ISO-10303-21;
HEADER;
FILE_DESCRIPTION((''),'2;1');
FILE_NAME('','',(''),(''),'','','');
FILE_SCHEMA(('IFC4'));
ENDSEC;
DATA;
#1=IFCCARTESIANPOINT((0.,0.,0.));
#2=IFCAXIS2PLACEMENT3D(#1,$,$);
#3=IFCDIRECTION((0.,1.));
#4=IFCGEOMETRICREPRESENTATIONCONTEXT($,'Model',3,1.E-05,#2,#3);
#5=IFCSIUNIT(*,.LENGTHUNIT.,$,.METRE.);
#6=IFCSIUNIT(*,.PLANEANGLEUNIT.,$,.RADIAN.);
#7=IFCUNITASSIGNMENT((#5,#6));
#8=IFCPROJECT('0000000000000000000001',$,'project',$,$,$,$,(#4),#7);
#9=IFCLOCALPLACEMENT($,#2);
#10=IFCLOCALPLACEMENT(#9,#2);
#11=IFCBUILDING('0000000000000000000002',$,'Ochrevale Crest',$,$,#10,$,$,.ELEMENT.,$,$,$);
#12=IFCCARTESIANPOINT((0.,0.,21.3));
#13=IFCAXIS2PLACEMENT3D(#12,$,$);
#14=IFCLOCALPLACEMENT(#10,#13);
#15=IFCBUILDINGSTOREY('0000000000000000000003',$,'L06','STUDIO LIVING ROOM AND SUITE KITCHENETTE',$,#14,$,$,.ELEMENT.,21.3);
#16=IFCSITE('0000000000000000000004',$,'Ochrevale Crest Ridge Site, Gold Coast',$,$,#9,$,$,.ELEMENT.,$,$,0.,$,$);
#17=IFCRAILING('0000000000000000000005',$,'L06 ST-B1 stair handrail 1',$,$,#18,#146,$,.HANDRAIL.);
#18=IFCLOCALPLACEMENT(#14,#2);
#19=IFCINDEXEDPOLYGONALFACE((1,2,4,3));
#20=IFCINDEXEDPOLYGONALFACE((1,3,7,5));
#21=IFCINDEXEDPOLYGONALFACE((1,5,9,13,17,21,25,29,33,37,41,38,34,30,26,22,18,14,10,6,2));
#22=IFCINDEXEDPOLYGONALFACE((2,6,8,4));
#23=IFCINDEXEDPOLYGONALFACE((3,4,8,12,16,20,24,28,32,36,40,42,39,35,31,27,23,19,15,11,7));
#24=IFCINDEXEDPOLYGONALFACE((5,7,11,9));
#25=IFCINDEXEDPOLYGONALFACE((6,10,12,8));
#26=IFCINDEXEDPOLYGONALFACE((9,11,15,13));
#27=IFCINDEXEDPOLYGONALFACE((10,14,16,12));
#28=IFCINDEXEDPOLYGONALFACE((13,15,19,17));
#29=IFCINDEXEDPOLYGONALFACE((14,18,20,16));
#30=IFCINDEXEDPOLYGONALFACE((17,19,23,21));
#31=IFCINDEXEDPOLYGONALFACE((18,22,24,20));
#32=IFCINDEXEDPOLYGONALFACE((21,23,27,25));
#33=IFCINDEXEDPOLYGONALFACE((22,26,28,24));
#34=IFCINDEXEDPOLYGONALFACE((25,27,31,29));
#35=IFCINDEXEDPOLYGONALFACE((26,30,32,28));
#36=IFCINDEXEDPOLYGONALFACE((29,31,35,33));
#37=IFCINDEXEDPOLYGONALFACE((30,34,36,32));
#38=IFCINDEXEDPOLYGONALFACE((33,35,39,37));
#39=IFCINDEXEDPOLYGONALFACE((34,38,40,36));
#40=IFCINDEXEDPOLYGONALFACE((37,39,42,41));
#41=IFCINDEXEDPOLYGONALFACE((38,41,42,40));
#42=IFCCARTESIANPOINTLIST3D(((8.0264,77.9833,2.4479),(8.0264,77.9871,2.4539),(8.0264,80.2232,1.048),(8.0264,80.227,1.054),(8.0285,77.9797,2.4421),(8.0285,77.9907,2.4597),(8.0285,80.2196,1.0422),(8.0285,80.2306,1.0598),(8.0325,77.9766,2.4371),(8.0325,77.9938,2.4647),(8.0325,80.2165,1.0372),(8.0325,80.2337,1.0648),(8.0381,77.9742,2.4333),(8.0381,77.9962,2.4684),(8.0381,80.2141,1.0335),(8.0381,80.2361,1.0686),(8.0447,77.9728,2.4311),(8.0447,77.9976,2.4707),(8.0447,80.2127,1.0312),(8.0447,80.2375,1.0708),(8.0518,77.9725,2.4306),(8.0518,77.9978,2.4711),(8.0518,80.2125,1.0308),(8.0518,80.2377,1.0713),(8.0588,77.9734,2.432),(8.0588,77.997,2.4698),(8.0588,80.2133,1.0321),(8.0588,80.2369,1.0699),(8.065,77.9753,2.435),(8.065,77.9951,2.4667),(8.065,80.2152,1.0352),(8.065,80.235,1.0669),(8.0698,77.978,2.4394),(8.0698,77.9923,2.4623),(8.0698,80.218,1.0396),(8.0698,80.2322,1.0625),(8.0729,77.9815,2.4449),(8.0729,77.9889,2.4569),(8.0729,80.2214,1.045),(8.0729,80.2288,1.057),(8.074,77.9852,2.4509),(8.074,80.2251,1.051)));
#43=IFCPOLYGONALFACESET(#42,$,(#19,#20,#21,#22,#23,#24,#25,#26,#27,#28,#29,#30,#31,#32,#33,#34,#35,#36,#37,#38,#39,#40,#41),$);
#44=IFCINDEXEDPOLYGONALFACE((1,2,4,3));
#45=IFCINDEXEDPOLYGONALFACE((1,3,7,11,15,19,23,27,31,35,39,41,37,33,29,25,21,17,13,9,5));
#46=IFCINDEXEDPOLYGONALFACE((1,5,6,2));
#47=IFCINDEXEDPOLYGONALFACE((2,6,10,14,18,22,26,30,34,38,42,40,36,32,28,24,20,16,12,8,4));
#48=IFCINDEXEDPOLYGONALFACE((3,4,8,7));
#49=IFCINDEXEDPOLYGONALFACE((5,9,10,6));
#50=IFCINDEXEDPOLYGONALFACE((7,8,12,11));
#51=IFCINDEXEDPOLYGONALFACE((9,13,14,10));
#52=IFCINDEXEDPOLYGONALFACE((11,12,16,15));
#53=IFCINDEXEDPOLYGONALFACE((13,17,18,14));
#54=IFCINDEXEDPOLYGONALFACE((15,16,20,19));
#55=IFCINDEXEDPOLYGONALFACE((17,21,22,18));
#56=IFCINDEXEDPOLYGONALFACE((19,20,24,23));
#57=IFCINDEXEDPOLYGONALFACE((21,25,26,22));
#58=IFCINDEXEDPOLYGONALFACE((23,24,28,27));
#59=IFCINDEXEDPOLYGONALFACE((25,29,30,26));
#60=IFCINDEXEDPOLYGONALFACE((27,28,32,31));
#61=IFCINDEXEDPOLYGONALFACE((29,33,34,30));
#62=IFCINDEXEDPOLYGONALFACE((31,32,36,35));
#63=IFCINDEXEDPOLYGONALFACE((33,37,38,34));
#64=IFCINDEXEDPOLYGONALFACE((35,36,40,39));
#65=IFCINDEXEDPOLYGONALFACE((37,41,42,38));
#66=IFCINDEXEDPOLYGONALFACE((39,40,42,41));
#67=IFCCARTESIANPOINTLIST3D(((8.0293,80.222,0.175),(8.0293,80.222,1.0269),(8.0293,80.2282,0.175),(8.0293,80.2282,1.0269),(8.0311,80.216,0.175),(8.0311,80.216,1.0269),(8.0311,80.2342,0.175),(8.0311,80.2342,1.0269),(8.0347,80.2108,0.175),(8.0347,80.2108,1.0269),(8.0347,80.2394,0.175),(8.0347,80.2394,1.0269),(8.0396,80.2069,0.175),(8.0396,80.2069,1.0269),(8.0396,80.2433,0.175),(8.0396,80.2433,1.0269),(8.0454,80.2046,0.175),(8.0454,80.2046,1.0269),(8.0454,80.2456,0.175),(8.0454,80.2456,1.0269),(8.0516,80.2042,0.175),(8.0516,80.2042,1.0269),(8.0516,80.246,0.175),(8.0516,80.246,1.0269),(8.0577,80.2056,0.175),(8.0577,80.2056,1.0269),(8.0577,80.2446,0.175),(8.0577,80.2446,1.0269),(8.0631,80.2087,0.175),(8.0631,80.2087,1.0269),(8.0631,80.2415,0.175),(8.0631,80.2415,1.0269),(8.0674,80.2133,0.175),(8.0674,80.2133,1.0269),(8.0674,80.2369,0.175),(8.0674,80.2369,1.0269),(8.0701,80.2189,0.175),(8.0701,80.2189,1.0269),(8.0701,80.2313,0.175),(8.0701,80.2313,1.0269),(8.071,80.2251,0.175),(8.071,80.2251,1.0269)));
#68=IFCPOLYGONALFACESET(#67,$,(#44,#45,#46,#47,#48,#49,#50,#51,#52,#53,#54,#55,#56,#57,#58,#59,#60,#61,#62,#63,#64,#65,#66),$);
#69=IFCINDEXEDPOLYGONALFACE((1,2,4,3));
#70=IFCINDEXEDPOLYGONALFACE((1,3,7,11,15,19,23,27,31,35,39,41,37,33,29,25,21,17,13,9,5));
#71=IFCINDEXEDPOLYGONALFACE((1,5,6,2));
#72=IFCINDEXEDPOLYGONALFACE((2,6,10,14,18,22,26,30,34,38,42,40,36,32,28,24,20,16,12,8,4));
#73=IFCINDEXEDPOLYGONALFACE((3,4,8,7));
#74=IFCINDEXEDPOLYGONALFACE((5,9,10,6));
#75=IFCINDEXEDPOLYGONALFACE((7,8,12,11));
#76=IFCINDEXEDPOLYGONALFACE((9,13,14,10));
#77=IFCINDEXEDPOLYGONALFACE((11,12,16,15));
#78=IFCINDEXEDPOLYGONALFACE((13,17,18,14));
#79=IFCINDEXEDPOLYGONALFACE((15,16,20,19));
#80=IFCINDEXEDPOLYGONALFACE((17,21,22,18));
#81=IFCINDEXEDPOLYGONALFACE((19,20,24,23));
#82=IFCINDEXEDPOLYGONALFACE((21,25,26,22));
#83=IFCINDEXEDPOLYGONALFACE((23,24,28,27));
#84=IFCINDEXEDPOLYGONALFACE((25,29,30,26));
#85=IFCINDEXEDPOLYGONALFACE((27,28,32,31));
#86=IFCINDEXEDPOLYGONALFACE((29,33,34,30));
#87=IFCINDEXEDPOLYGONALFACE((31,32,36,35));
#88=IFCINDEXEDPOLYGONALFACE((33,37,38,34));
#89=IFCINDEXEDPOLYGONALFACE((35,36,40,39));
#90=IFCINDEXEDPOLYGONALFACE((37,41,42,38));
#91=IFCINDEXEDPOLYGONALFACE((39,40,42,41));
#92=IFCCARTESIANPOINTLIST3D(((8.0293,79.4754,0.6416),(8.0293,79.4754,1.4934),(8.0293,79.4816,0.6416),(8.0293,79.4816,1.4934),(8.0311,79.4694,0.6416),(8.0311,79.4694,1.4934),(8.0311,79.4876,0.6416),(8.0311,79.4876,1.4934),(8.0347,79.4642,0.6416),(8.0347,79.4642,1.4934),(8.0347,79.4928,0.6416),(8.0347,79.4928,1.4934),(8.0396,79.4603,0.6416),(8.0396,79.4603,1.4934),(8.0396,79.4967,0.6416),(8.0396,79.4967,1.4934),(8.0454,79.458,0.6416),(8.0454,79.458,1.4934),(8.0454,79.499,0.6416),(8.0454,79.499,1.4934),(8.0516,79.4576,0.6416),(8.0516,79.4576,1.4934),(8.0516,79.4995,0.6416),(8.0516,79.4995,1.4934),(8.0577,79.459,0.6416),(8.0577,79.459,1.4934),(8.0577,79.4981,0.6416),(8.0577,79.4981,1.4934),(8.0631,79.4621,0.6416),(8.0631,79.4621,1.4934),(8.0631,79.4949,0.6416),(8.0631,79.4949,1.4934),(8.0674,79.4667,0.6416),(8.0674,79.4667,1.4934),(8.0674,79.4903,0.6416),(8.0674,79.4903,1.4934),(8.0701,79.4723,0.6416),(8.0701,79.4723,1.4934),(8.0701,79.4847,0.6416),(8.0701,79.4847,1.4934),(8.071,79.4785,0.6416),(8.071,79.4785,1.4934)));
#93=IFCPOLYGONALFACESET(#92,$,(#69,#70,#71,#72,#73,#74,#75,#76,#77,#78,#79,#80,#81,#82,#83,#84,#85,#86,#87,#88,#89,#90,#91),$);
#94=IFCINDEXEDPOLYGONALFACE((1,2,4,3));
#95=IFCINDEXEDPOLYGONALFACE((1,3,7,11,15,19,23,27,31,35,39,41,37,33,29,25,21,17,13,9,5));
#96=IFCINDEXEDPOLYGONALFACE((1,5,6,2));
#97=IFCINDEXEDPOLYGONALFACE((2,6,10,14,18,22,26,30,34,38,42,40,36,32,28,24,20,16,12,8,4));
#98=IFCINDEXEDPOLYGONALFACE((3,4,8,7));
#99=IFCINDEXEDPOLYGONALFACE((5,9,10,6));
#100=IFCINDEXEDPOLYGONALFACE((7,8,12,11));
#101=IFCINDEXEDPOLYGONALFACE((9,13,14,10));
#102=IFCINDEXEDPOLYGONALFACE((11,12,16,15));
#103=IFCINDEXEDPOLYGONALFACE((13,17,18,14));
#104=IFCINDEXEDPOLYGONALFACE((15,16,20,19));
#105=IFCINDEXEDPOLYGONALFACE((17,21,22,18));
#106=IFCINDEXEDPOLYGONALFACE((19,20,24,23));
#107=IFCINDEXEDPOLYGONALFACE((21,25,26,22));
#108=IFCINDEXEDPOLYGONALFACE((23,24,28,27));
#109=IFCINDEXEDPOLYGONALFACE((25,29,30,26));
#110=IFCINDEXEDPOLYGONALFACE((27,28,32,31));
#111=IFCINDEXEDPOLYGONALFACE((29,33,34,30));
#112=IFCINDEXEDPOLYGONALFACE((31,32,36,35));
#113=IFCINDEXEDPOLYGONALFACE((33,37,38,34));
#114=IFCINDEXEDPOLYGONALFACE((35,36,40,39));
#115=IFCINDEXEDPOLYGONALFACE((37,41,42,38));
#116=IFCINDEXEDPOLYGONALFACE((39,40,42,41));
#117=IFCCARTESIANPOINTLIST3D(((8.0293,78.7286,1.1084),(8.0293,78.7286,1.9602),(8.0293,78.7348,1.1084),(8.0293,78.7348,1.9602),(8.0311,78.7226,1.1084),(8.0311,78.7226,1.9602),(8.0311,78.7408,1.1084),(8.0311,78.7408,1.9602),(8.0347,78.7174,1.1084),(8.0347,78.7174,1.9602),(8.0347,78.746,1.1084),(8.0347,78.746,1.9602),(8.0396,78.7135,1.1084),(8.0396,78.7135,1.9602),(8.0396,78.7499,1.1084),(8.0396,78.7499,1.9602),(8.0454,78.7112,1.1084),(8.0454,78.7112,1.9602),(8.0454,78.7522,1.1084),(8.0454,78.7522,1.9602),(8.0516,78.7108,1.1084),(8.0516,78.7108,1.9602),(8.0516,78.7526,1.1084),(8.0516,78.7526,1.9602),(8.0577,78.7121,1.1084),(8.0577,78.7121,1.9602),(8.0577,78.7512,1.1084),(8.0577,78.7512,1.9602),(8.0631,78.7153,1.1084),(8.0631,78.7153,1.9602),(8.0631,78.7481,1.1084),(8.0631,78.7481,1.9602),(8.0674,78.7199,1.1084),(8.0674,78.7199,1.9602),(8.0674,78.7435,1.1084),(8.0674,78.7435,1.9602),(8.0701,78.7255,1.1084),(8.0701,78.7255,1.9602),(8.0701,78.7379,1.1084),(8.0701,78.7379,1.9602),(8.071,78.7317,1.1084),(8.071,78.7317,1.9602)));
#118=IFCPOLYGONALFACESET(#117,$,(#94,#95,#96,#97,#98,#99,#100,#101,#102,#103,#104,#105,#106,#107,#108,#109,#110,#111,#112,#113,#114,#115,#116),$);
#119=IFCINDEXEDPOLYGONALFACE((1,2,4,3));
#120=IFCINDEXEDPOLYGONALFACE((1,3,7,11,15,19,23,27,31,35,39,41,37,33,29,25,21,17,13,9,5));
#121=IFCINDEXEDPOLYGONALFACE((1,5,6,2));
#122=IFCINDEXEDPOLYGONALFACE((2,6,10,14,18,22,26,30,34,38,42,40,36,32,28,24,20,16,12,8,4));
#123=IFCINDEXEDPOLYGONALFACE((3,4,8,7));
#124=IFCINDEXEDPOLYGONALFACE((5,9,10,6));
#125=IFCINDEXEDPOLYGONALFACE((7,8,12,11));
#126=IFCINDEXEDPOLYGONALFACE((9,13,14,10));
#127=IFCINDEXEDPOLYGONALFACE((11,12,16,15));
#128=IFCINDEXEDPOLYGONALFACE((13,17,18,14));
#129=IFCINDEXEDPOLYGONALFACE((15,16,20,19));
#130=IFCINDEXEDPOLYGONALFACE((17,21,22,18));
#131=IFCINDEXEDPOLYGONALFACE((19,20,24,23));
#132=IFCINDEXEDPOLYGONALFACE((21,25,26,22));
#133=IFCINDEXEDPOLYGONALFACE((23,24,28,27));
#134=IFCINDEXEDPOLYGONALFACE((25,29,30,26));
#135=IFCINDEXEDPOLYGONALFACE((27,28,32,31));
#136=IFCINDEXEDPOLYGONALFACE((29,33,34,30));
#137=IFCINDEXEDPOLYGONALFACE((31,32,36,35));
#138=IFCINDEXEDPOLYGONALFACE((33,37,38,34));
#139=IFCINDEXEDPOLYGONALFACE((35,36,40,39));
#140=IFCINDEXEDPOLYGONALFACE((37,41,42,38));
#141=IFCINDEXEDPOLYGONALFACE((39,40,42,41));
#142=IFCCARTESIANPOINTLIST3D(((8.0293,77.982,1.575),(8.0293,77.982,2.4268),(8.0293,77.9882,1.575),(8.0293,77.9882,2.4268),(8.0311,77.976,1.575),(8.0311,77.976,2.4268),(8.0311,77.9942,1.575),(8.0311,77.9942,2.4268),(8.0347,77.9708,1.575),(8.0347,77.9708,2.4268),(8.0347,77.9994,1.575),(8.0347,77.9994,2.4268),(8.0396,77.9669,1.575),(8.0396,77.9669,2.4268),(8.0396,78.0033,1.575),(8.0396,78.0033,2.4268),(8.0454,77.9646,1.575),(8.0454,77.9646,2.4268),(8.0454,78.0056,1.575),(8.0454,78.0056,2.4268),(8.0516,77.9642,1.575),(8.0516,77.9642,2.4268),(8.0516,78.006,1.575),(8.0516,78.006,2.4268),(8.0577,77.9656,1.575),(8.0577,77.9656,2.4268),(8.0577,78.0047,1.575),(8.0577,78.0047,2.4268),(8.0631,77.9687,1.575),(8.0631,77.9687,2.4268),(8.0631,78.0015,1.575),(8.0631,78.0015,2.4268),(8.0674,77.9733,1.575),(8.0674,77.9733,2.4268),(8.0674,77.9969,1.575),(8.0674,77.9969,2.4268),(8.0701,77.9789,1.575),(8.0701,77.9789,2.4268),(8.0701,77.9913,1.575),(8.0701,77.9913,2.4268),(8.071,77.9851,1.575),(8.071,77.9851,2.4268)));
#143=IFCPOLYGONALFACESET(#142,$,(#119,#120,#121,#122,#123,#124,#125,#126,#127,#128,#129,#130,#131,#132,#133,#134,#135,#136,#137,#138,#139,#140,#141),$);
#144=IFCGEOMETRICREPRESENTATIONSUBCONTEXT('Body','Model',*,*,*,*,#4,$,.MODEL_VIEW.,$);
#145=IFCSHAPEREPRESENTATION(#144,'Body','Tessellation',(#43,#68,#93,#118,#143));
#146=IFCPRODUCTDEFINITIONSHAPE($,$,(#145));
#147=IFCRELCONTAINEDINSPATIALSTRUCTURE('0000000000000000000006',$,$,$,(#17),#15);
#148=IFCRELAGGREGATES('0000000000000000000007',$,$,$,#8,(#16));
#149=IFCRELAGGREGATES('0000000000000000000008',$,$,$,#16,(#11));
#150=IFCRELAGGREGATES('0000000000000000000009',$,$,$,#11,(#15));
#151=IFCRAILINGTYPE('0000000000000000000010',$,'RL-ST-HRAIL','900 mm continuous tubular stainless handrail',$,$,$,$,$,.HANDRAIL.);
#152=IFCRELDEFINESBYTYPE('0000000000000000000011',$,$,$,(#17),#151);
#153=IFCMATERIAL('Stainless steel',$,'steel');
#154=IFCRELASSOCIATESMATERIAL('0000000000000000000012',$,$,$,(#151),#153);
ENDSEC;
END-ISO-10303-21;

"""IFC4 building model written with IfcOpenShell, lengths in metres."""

from ifc_helpers import new_model, si_unit, direction, frame, origin, origin_2d, place, context, subcontext, project, spatial, circle, extrude, material, type_object, element, save


model = new_model("IFC4")

# Units and contexts
model_context = context("Model", 3, precision=1e-05, world=origin(), true_north=direction((0.0, 1.0)))
body_context = subcontext(model_context, "Body", "Model", "MODEL_VIEW")
ifc_project = project(units=[si_unit("LENGTHUNIT", "METRE"), si_unit("PLANEANGLEUNIT", "RADIAN")], contexts=[model_context])

# Site, building, storey
site_placement = place(None, origin())
site = spatial("IfcSite", under=ifc_project, at=site_placement, Name="Ochrevale Crest Ridge Site, Gold Coast", CompositionType="ELEMENT", RefElevation=0.0)
building_placement = place(site_placement, origin())
building = spatial("IfcBuilding", under=site, at=building_placement, Name="Ochrevale Crest", CompositionType="ELEMENT")
storey_placement = place(building_placement, frame((0.0, 0.0, 21.3)))
storey = spatial("IfcBuildingStorey", under=building, at=storey_placement, Name="L06", Description="STUDIO LIVING ROOM AND SUITE KITCHENETTE", CompositionType="ELEMENT", Elevation=21.3)

# Railing
ifc_material_1 = material(Name="Stainless steel", Category="steel")
railing_type_1 = type_object("IfcRailingType", Name="RL-ST-HRAIL", Description="900 mm continuous tubular stainless handrail", PredefinedType="HANDRAIL", material=ifc_material_1)
railing_1_placement = place(storey_placement, frame((8.05, 80.2251, 0.175)))
element("IfcRailing", 1, at=railing_1_placement, inside=storey, type_object=railing_type_1, Name="L06 ST-B1 stair handrail 1", PredefinedType="HANDRAIL", context=body_context, shape_type="SweptSolid", body=[
    extrude(circle(Radius=0.0239, at=origin_2d()), frame((0.0, 0.0, 0.876), z_axis=(0.0, -0.848014, 0.529974), x_axis=(1.0, 0.0, 0.0)), (0.0, 0.0, 1.0), 2.6414),
    extrude(circle(Radius=0.021, at=origin_2d()), origin(), (0.0, 0.0, 1.0), 0.8518),
    extrude(circle(Radius=0.021, at=origin_2d()), frame((0.0, -0.7466, 0.4666)), (0.0, 0.0, 1.0), 0.8518),
    extrude(circle(Radius=0.021, at=origin_2d()), frame((0.0, -1.4934, 0.9333)), (0.0, 0.0, 1.0), 0.8518),
    extrude(circle(Radius=0.021, at=origin_2d()), frame((0.0, -2.24, 1.3999)), (0.0, 0.0, 1.0), 0.8518),
])

save(model, "model.ifc")
